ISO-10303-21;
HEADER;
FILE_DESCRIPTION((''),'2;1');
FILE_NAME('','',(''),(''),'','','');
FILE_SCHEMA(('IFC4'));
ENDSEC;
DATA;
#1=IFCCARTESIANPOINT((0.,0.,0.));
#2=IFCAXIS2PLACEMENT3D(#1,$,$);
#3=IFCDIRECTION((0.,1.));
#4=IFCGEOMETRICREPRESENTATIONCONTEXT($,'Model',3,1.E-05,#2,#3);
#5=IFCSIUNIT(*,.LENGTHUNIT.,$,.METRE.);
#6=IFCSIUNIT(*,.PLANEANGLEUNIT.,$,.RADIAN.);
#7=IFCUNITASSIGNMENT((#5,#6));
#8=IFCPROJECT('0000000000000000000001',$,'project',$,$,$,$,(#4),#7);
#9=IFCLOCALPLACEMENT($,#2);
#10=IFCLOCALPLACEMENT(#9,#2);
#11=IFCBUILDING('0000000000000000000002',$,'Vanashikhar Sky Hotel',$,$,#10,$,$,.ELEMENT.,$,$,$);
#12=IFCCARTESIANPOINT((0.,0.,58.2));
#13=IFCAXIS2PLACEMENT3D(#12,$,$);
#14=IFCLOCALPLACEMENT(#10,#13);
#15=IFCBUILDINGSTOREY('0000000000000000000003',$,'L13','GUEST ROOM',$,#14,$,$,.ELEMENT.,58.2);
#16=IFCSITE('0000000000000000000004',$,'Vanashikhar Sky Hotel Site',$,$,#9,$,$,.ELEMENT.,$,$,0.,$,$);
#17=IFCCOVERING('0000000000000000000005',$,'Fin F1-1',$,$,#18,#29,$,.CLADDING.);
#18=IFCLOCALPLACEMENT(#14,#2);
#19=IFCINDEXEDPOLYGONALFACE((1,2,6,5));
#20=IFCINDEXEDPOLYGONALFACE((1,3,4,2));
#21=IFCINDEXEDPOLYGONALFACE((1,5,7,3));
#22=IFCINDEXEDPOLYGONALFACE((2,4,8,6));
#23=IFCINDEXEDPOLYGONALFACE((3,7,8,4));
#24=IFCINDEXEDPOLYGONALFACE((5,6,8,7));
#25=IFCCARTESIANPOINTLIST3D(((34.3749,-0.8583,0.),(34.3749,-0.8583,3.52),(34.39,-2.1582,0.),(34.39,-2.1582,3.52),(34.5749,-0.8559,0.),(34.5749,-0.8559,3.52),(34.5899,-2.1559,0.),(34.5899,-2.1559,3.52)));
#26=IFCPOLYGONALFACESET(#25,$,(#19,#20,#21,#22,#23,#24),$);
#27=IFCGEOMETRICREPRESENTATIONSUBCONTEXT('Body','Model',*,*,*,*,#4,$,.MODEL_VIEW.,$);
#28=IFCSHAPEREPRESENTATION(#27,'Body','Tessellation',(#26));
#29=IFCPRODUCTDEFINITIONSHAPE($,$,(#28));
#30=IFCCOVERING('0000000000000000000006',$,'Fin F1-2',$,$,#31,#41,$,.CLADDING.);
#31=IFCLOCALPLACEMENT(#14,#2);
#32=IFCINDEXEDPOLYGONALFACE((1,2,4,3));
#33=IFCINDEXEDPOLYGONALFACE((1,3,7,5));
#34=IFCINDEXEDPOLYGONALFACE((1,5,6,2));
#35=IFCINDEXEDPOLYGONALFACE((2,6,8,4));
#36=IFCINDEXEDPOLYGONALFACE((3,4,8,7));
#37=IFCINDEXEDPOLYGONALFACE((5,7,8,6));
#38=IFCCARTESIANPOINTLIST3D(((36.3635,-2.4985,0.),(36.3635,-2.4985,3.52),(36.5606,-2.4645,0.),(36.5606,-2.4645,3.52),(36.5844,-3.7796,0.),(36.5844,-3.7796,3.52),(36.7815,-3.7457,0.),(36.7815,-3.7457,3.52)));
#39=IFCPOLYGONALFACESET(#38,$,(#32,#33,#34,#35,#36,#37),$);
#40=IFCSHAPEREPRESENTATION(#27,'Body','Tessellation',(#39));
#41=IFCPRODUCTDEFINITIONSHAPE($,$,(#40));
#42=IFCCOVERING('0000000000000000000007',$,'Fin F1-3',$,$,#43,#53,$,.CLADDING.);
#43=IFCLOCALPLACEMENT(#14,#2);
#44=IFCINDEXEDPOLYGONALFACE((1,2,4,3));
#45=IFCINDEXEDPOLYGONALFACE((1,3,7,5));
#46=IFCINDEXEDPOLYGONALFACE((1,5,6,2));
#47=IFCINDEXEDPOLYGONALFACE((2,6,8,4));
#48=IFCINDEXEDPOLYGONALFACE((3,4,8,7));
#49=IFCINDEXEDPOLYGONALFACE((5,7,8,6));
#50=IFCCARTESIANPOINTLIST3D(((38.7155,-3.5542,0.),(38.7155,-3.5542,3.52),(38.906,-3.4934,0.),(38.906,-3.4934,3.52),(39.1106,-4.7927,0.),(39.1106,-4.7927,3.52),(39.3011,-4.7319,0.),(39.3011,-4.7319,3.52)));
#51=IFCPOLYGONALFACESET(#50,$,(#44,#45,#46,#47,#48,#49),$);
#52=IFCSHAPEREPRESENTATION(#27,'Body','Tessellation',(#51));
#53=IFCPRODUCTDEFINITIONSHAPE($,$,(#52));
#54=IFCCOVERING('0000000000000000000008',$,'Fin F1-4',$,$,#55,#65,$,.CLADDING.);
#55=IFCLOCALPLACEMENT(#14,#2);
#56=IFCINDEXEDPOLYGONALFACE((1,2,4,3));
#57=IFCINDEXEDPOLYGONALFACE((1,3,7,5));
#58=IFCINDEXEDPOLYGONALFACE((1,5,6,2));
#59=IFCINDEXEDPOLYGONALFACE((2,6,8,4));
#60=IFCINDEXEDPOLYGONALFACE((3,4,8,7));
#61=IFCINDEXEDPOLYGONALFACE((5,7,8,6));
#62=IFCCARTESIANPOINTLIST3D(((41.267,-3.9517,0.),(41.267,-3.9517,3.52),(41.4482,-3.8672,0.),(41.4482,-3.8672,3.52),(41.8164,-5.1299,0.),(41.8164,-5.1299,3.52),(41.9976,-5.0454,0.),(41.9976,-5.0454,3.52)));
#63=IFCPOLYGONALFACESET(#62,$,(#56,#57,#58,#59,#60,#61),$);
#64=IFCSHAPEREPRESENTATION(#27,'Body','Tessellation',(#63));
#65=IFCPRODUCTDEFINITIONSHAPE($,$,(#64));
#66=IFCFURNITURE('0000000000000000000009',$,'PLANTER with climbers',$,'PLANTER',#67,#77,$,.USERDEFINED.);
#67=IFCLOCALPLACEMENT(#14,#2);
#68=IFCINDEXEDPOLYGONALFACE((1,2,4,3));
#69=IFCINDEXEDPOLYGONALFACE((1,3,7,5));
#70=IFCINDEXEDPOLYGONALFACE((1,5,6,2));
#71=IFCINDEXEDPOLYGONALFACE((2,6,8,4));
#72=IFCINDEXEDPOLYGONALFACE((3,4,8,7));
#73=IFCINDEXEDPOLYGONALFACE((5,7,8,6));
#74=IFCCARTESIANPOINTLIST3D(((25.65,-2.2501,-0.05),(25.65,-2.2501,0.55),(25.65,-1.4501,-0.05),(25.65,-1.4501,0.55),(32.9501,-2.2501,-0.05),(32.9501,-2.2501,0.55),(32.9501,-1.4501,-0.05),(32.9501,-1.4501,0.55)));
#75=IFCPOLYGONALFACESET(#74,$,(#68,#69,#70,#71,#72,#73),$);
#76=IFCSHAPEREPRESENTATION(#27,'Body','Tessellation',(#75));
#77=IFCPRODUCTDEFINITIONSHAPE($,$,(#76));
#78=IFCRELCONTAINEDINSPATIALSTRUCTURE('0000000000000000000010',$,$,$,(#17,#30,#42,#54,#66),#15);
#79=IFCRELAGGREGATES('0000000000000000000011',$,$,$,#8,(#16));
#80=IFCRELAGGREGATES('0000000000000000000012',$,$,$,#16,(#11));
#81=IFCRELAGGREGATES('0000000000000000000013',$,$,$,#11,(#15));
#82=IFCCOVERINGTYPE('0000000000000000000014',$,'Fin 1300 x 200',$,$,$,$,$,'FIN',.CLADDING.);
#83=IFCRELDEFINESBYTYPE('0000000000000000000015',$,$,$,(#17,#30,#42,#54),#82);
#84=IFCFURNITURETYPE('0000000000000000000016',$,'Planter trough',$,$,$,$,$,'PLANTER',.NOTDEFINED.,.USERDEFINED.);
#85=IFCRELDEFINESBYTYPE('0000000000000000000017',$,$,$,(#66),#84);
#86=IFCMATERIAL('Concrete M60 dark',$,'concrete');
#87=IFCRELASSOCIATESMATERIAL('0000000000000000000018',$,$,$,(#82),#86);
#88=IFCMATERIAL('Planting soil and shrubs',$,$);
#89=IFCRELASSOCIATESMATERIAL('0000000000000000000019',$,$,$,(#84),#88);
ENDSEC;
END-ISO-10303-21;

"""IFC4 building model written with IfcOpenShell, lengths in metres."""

from ifc_helpers import new_model, si_unit, direction, frame, origin, origin_2d, place, context, subcontext, project, spatial, rectangle, extrude, source, transform, mapped, material, material_profile, profile_set, type_object, element, save


model = new_model("IFC4")

# Units and contexts
model_context = context("Model", 3, precision=1e-05, world=origin(), true_north=direction((0.0, 1.0)))
body_context = subcontext(model_context, "Body", "Model", "MODEL_VIEW")
ifc_project = project(units=[si_unit("LENGTHUNIT", "METRE"), si_unit("PLANEANGLEUNIT", "RADIAN")], contexts=[model_context])

# Site, building, storey
site_placement = place(None, origin())
site = spatial("IfcSite", under=ifc_project, at=site_placement, Name="Vanashikhar Sky Hotel Site", CompositionType="ELEMENT", RefElevation=0.0)
building_placement = place(site_placement, origin())
building = spatial("IfcBuilding", under=site, at=building_placement, Name="Vanashikhar Sky Hotel", CompositionType="ELEMENT")
storey_placement = place(building_placement, frame((0.0, 0.0, 58.2)))
storey = spatial("IfcBuildingStorey", under=building, at=storey_placement, Name="L13", Description="GUEST ROOM", CompositionType="ELEMENT", Elevation=58.2)

# Coverings
ifc_material_1 = material(Name="Concrete M60 dark", Category="concrete")
ifc_material_profile = material_profile(ifc_material_1, rectangle(XDim=1.3, YDim=0.2, at=origin_2d()))
ifc_profile_set = profile_set([ifc_material_profile], Name="Fin 1300 x 200")
covering_type_1 = type_object("IfcCoveringType", Name="Fin 1300 x 200", ElementType="FIN", PredefinedType="CLADDING", material=ifc_profile_set)
shared_shape_1 = source(origin(), body_context, "Body", "SweptSolid", [
    extrude(rectangle(XDim=1.3, YDim=0.2, at=origin_2d()), origin(), (0.0, 0.0, 1.0), 3.52),
])
for number, where, z_axis, x_axis, name in (
    (1, (34.4824, -1.5071, 0.0), (0.0, 0.0, 1.0), (0.011589, -0.999933, 0.0), "Fin F1-1"),
    (2, (36.5725, -3.1221, 0.0), (0.0, 0.0, 1.0), (0.1699, -0.985461, 0.0), "Fin F1-2"),
    (3, (39.0083, -4.1431, 0.0), (0.0, 0.0, 1.0), (0.303967, -0.952683, 0.0), "Fin F1-3"),
    (4, (41.6323, -4.4985, 0.0), (0.0, 0.0, 1.0), (0.422618, -0.906308, 0.0), "Fin F1-4"),
):
    element("IfcCovering", number, at=place(storey_placement, frame(where, z_axis=z_axis, x_axis=x_axis)), inside=storey, type_object=covering_type_1, Name=name, PredefinedType="CLADDING", context=body_context, shape_type="MappedRepresentation", body=[
        mapped(shared_shape_1, transform((0.0, 0.0, 0.0), scale=1.0)),
    ])

# Furniture
ifc_material_2 = material(Name="Planting soil and shrubs")
furniture_type = type_object("IfcFurnitureType", Name="Planter trough", ElementType="PLANTER", AssemblyPlace="NOTDEFINED", PredefinedType="USERDEFINED", material=ifc_material_2)
shared_shape_2 = source(origin(), body_context, "Body", "SweptSolid", [
    extrude(rectangle(XDim=7.3, YDim=0.8, at=origin_2d()), origin(), (0.0, 0.0, 1.0), 0.6001),
])
furniture_placement = place(storey_placement, frame((29.3, -1.8501, -0.05), z_axis=(0.0, 0.0, 1.0), x_axis=(1.0, 0.0, 0.0)))
element("IfcFurniture", 5, at=furniture_placement, inside=storey, type_object=furniture_type, Name="PLANTER with climbers", ObjectType="PLANTER", PredefinedType="USERDEFINED", context=body_context, shape_type="MappedRepresentation", body=[
    mapped(shared_shape_2, transform((0.0, 0.0, 0.0), scale=1.0)),
])

save(model, "model.ifc")
